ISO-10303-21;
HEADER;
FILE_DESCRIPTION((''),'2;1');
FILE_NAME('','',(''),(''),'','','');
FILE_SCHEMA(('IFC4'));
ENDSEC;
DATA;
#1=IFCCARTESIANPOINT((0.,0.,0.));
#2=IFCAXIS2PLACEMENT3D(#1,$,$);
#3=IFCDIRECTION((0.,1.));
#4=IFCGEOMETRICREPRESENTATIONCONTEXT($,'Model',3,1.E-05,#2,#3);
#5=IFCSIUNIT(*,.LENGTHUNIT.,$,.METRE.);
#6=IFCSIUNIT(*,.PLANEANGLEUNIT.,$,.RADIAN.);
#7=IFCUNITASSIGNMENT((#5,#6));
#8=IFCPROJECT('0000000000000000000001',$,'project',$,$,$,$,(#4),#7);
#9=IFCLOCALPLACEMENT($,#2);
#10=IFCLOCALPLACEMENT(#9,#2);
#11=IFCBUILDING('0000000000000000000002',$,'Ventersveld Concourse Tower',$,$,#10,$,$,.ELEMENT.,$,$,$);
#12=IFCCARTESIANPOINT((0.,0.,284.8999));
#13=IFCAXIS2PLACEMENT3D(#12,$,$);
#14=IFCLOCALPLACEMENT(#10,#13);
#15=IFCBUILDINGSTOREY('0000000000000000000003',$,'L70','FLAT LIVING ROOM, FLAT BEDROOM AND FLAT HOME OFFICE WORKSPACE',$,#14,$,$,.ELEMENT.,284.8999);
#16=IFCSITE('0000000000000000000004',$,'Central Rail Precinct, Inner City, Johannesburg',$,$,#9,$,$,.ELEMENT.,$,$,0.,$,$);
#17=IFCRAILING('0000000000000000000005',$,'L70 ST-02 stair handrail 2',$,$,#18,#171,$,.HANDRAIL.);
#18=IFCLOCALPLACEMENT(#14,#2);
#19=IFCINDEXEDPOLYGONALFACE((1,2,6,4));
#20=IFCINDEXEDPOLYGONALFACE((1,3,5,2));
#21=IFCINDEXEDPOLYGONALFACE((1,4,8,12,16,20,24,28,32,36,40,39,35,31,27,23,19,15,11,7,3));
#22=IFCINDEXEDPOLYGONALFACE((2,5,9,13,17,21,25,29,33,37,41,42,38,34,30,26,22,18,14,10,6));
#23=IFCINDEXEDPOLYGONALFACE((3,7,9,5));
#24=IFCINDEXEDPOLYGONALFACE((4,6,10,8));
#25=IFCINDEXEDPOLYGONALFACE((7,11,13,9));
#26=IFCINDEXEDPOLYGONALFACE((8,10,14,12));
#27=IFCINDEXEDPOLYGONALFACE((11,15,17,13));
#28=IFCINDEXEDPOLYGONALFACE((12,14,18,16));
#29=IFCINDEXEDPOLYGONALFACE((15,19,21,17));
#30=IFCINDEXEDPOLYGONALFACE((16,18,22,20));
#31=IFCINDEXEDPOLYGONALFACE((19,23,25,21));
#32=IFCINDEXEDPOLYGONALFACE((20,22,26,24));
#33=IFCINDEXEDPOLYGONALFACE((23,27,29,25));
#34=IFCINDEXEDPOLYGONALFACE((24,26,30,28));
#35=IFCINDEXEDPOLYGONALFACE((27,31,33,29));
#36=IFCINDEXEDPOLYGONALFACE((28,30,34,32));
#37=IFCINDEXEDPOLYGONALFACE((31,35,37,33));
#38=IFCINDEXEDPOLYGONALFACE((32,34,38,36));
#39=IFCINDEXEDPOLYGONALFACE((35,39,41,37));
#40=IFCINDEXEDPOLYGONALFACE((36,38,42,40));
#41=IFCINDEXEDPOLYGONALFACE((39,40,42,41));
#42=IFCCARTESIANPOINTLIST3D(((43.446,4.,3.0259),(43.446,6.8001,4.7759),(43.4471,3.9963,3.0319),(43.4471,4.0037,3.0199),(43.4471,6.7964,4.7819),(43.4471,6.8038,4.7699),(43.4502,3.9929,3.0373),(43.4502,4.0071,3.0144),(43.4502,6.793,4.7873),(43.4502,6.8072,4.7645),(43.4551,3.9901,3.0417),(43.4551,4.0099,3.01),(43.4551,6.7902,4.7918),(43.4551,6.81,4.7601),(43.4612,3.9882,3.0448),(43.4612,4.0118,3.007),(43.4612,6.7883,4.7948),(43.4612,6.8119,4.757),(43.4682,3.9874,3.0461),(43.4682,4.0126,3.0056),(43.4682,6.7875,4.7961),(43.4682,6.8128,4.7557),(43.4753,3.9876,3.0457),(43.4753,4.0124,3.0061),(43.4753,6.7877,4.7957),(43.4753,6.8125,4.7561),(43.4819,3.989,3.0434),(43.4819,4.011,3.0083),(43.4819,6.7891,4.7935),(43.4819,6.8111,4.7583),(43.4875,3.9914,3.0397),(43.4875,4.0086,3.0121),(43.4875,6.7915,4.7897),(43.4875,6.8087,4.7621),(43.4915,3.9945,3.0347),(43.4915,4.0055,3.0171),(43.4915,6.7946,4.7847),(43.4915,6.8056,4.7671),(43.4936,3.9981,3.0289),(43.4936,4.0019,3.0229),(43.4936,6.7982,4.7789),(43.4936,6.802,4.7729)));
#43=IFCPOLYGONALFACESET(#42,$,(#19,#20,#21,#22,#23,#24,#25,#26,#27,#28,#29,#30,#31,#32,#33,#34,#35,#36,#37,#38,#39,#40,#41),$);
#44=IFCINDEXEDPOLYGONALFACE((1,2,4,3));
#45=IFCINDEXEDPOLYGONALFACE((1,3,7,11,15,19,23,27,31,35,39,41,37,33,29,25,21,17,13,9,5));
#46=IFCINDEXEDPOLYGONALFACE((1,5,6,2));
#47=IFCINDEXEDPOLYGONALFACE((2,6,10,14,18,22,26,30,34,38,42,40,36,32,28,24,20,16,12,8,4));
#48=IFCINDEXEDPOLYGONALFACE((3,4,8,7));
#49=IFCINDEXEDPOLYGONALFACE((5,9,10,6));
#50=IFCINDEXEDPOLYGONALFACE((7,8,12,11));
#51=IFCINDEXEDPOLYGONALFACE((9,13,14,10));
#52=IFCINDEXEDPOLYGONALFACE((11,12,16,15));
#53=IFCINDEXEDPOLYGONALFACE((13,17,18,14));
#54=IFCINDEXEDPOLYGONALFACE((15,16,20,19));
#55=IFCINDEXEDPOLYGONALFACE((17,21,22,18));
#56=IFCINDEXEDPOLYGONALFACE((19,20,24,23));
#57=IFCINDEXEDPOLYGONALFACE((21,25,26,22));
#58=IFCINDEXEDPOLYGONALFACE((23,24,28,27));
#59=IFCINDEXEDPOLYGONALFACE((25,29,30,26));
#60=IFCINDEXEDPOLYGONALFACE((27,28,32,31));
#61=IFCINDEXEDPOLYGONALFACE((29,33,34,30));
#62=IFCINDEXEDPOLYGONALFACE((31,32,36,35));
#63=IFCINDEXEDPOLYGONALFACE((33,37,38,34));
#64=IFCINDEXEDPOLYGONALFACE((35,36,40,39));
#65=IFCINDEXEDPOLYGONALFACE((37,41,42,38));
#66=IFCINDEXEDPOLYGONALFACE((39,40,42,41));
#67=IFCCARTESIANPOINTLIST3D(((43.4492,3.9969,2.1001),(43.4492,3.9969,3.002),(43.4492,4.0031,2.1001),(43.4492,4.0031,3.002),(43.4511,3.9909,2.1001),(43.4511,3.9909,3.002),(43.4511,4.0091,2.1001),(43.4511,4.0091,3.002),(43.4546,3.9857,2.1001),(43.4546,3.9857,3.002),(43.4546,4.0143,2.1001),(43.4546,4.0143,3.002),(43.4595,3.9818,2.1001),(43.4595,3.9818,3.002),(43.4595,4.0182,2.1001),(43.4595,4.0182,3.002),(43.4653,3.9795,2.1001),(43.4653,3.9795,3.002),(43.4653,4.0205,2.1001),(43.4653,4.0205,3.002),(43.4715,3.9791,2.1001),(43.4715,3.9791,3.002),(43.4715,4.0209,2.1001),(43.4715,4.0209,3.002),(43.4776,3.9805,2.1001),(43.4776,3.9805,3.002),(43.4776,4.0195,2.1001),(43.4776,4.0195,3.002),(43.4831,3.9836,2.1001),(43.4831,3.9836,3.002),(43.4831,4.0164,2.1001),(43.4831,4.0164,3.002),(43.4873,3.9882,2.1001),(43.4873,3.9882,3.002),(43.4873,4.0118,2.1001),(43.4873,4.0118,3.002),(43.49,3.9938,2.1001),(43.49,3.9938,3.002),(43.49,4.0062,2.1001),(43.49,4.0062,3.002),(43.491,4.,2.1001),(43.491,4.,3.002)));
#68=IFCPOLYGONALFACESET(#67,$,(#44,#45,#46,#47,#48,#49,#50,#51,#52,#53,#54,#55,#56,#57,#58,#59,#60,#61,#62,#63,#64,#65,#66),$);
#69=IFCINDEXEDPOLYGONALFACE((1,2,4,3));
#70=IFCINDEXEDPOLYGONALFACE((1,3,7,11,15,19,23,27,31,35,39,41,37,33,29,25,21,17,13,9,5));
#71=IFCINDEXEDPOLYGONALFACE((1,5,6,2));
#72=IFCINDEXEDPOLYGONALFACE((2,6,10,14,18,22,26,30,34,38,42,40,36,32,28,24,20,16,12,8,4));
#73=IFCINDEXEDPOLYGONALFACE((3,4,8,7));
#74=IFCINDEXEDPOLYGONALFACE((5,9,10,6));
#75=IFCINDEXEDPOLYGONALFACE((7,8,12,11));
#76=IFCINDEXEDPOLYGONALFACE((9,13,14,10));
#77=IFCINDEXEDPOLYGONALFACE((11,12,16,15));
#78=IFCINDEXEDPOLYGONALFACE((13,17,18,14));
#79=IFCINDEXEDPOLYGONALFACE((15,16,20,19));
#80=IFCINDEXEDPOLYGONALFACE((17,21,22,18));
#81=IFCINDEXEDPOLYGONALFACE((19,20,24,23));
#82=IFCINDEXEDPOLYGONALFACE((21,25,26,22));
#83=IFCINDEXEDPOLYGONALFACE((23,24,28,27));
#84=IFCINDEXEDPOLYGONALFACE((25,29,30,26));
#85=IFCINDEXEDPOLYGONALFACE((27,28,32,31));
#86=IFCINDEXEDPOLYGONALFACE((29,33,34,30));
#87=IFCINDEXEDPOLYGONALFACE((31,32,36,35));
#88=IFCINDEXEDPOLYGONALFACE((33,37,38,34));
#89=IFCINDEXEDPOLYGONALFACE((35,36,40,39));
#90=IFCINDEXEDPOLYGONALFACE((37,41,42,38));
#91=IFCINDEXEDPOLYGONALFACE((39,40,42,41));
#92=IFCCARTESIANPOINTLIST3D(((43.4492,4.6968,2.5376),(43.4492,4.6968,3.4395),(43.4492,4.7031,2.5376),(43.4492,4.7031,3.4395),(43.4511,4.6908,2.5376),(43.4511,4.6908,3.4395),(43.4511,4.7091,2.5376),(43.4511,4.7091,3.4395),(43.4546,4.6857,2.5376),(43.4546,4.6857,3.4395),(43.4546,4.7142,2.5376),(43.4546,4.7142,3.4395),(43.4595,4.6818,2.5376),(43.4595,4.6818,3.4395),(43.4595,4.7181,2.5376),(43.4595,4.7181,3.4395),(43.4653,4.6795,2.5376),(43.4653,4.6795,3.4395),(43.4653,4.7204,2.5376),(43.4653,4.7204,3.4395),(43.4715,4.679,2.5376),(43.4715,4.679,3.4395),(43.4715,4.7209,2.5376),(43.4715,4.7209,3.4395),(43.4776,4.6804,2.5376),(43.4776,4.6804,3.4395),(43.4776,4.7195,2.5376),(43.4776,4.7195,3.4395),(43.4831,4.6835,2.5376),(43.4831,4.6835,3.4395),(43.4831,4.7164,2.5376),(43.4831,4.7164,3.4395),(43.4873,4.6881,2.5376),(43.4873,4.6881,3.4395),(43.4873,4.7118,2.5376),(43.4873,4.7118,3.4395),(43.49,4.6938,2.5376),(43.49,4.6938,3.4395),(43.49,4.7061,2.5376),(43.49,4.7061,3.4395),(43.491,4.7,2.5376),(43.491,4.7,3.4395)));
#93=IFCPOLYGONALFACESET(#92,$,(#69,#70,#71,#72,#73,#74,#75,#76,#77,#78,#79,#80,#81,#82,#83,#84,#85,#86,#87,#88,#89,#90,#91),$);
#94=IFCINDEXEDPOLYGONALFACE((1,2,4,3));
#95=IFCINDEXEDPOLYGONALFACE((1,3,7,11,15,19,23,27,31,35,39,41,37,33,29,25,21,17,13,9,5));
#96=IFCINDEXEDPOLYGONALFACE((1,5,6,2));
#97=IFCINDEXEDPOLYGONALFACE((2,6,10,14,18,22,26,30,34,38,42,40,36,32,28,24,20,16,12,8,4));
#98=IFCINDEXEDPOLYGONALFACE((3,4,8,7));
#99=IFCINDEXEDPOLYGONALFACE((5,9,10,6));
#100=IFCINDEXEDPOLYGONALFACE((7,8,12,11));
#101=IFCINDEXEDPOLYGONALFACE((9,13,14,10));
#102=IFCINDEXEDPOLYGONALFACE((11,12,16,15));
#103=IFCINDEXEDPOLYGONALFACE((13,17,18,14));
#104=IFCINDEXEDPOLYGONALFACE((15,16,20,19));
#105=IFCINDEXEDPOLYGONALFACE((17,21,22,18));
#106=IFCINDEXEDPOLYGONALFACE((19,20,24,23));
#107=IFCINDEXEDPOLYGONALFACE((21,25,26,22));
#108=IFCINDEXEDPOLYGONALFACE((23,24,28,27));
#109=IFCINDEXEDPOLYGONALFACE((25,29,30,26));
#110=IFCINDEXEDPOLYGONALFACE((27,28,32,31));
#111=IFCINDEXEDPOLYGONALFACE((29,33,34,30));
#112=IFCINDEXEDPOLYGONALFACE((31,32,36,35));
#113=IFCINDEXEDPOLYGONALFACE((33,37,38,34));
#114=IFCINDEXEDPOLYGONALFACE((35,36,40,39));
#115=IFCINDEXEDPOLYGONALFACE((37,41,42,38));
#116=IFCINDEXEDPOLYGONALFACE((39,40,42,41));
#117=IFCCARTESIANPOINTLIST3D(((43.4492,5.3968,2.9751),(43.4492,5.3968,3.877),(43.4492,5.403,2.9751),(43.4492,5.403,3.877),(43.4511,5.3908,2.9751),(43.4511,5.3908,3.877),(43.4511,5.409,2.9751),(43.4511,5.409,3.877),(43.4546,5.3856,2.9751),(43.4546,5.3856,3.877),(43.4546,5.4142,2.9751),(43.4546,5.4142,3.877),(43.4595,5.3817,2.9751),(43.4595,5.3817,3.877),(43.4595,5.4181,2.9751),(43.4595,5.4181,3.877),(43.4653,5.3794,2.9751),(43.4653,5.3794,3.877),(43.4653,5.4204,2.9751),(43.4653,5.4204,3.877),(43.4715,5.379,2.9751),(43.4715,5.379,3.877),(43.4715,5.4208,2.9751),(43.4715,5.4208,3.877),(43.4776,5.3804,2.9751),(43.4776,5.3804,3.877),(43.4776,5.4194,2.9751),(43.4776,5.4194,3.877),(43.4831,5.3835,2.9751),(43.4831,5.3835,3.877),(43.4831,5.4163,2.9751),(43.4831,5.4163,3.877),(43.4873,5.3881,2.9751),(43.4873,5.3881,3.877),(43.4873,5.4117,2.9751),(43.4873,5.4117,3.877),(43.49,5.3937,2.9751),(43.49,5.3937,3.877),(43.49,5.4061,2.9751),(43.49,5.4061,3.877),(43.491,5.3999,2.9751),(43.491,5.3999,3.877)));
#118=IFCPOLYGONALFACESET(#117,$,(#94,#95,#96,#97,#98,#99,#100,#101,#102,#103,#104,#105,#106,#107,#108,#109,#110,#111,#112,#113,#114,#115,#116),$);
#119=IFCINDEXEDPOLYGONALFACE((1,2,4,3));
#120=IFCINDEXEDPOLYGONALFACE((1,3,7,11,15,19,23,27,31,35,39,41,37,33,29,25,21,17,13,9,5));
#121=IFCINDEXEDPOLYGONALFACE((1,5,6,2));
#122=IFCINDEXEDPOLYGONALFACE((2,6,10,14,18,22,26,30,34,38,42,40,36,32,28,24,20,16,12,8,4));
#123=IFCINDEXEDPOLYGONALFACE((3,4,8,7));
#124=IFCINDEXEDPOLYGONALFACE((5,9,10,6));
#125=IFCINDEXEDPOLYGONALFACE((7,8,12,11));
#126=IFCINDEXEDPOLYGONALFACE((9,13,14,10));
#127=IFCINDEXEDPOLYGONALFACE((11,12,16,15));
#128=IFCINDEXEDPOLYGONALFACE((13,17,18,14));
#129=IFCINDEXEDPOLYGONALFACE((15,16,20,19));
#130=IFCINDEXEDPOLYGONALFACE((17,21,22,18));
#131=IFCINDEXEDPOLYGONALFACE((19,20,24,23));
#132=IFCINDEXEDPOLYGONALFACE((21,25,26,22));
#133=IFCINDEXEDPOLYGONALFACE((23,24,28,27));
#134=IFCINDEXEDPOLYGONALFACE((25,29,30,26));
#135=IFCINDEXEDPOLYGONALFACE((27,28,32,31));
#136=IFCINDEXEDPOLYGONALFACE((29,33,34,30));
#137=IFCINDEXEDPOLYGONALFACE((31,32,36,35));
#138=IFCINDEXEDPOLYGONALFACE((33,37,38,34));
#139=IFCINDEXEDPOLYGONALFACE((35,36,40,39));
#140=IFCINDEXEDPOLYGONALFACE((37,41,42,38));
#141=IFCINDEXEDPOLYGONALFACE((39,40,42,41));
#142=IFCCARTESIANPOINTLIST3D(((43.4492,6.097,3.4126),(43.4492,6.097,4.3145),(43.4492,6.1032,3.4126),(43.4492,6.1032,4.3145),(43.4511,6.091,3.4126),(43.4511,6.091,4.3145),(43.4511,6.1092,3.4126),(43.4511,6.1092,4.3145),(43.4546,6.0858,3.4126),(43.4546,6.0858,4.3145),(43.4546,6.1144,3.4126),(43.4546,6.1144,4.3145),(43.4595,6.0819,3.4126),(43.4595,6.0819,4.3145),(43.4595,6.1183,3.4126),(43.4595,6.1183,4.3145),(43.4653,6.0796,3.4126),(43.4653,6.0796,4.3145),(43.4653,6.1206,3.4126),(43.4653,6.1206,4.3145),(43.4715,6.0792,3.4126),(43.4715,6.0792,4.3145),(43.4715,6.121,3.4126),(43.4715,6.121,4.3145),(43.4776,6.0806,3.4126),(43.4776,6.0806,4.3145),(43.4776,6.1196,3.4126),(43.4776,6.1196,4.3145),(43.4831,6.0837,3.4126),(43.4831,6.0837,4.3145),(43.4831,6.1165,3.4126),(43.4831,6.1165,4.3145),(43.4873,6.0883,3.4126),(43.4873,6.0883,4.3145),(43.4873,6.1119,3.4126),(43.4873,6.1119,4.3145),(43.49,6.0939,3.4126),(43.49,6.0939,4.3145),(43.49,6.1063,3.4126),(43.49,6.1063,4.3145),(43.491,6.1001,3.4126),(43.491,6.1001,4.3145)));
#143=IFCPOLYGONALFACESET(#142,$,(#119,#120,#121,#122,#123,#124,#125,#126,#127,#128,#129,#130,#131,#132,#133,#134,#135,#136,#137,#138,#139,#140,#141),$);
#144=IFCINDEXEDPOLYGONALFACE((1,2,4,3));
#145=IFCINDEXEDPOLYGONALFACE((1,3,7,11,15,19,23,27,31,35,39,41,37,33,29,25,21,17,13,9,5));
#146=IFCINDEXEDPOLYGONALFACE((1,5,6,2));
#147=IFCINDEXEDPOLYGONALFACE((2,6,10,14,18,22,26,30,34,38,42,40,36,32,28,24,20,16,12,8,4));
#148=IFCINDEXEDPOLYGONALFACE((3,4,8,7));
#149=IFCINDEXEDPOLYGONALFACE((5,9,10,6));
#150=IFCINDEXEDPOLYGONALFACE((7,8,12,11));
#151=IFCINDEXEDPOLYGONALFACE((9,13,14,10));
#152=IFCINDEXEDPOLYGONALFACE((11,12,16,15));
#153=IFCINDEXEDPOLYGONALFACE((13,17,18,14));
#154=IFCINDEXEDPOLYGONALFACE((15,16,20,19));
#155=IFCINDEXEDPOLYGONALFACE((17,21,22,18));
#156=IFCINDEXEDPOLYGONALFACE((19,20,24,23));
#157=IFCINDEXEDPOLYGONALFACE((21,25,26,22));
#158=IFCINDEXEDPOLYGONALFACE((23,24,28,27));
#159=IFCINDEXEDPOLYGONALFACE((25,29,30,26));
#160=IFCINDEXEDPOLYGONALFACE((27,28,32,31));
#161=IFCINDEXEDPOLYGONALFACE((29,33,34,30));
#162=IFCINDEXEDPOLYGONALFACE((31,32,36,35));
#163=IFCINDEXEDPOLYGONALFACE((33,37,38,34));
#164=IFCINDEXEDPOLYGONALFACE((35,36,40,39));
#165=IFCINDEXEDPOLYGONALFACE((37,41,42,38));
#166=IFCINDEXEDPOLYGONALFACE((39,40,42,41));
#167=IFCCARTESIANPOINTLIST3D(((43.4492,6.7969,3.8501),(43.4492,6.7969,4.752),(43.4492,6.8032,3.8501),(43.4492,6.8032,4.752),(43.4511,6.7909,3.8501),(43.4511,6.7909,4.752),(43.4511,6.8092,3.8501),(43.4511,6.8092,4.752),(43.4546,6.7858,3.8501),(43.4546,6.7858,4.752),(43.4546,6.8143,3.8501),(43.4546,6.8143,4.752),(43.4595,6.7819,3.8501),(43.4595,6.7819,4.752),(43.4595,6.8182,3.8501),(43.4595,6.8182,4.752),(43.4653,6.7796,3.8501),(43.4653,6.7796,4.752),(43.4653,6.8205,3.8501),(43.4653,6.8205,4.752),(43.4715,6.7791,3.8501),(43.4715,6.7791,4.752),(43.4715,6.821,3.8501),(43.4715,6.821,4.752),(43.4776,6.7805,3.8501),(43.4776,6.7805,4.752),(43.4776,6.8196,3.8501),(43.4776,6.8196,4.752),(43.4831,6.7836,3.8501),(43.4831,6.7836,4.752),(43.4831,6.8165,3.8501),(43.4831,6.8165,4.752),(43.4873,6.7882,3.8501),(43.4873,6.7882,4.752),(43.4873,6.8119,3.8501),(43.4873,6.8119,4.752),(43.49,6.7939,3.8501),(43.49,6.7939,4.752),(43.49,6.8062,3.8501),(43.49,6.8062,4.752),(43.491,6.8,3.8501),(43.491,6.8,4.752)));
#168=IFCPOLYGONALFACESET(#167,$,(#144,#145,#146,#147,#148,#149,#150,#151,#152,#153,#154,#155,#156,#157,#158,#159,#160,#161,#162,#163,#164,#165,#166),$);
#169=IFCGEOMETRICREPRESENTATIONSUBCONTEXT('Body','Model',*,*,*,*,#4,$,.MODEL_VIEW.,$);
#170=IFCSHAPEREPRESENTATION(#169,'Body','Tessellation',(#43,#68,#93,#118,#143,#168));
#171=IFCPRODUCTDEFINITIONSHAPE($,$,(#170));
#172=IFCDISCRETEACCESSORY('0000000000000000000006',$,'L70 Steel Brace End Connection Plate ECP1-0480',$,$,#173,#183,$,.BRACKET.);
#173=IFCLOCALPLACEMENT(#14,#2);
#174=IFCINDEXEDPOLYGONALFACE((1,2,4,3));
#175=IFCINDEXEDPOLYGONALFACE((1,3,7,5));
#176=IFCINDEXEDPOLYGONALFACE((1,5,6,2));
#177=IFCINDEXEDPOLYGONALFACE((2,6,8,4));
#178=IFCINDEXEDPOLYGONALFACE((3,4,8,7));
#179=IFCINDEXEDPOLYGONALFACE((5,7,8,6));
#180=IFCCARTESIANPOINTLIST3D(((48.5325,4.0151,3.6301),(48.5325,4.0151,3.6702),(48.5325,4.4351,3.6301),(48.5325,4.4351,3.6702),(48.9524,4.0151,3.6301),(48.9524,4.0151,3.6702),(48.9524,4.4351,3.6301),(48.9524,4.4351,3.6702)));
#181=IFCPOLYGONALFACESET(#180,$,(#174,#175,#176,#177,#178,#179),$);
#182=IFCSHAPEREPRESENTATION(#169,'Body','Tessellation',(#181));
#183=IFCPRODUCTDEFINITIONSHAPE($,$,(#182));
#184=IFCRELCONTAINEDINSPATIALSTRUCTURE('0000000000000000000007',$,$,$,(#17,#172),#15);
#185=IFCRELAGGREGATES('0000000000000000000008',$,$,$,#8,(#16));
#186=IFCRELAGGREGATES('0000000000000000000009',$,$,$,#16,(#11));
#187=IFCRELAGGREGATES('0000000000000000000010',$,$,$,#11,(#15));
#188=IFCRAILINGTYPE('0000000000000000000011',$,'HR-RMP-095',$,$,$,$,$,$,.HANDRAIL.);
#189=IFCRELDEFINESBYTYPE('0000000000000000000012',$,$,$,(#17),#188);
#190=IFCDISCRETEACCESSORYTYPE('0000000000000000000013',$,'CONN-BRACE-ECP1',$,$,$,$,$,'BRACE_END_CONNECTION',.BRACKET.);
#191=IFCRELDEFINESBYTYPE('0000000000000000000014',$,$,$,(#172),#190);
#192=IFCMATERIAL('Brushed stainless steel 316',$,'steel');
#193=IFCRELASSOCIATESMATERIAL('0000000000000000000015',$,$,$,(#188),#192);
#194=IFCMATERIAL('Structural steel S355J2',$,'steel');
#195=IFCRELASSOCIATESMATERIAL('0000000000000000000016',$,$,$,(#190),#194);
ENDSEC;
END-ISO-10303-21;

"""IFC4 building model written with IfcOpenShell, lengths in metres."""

from ifc_helpers import new_model, si_unit, direction, frame, origin, origin_2d, place, context, subcontext, project, spatial, rectangle, circle, extrude, material, type_object, element, save


model = new_model("IFC4")

# Units and contexts
model_context = context("Model", 3, precision=1e-05, world=origin(), true_north=direction((0.0, 1.0)))
body_context = subcontext(model_context, "Body", "Model", "MODEL_VIEW")
ifc_project = project(units=[si_unit("LENGTHUNIT", "METRE"), si_unit("PLANEANGLEUNIT", "RADIAN")], contexts=[model_context])

# Site, building, storey
site_placement = place(None, origin())
site = spatial("IfcSite", under=ifc_project, at=site_placement, Name="Central Rail Precinct, Inner City, Johannesburg", CompositionType="ELEMENT", RefElevation=0.0)
building_placement = place(site_placement, origin())
building = spatial("IfcBuilding", under=site, at=building_placement, Name="Ventersveld Concourse Tower", CompositionType="ELEMENT")
storey_placement = place(building_placement, frame((0.0, 0.0, 284.8999)))
storey = spatial("IfcBuildingStorey", under=building, at=storey_placement, Name="L70", Description="FLAT LIVING ROOM, FLAT BEDROOM AND FLAT HOME OFFICE WORKSPACE", CompositionType="ELEMENT", Elevation=284.8999)

# Shared definitions
ifc_material_1 = material(Name="Structural steel S355J2", Category="steel")

# Railing
ifc_material_2 = material(Name="Brushed stainless steel 316", Category="steel")
railing_type_1 = type_object("IfcRailingType", Name="HR-RMP-095", PredefinedType="HANDRAIL", material=ifc_material_2)
railing_1_placement = place(storey_placement, frame((43.47, 4.0, 2.1001)))
element("IfcRailing", 1, at=railing_1_placement, inside=storey, type_object=railing_type_1, Name="L70 ST-02 stair handrail 2", PredefinedType="HANDRAIL", context=body_context, shape_type="SweptSolid", body=[
    extrude(circle(Radius=0.0239, at=origin_2d()), frame((0.0, 0.0, 0.9258), z_axis=(0.0, 0.848002, 0.529992), x_axis=(-1.0, 0.0, 0.0)), (0.0, 0.0, 1.0), 3.302),
    extrude(circle(Radius=0.021, at=origin_2d()), origin(), (0.0, 0.0, 1.0), 0.9019),
    extrude(circle(Radius=0.021, at=origin_2d()), frame((0.0, 0.7, 0.4375)), (0.0, 0.0, 1.0), 0.9019),
    extrude(circle(Radius=0.021, at=origin_2d()), frame((0.0, 1.3999, 0.875)), (0.0, 0.0, 1.0), 0.9019),
    extrude(circle(Radius=0.021, at=origin_2d()), frame((0.0, 2.1001, 1.3125)), (0.0, 0.0, 1.0), 0.9019),
    extrude(circle(Radius=0.021, at=origin_2d()), frame((0.0, 2.8, 1.75)), (0.0, 0.0, 1.0), 0.9019),
])

# Discrete accessory
discrete_accessory_type = type_object("IfcDiscreteAccessoryType", Name="CONN-BRACE-ECP1", ElementType="BRACE_END_CONNECTION", PredefinedType="BRACKET", material=ifc_material_1)
discrete_accessory_placement = place(storey_placement, frame((48.7424, 4.2251, 3.6301), z_axis=(0.0, 0.0, 1.0), x_axis=(1.0, 0.0, 0.0)))
element("IfcDiscreteAccessory", 2, at=discrete_accessory_placement, inside=storey, type_object=discrete_accessory_type, Name="L70 Steel Brace End Connection Plate ECP1-0480", PredefinedType="BRACKET", context=body_context, shape_type="SweptSolid", body=[
    extrude(rectangle(XDim=0.4199, YDim=0.4199, at=origin_2d()), origin(), (0.0, 0.0, 1.0), 0.04),
])

save(model, "model.ifc")
